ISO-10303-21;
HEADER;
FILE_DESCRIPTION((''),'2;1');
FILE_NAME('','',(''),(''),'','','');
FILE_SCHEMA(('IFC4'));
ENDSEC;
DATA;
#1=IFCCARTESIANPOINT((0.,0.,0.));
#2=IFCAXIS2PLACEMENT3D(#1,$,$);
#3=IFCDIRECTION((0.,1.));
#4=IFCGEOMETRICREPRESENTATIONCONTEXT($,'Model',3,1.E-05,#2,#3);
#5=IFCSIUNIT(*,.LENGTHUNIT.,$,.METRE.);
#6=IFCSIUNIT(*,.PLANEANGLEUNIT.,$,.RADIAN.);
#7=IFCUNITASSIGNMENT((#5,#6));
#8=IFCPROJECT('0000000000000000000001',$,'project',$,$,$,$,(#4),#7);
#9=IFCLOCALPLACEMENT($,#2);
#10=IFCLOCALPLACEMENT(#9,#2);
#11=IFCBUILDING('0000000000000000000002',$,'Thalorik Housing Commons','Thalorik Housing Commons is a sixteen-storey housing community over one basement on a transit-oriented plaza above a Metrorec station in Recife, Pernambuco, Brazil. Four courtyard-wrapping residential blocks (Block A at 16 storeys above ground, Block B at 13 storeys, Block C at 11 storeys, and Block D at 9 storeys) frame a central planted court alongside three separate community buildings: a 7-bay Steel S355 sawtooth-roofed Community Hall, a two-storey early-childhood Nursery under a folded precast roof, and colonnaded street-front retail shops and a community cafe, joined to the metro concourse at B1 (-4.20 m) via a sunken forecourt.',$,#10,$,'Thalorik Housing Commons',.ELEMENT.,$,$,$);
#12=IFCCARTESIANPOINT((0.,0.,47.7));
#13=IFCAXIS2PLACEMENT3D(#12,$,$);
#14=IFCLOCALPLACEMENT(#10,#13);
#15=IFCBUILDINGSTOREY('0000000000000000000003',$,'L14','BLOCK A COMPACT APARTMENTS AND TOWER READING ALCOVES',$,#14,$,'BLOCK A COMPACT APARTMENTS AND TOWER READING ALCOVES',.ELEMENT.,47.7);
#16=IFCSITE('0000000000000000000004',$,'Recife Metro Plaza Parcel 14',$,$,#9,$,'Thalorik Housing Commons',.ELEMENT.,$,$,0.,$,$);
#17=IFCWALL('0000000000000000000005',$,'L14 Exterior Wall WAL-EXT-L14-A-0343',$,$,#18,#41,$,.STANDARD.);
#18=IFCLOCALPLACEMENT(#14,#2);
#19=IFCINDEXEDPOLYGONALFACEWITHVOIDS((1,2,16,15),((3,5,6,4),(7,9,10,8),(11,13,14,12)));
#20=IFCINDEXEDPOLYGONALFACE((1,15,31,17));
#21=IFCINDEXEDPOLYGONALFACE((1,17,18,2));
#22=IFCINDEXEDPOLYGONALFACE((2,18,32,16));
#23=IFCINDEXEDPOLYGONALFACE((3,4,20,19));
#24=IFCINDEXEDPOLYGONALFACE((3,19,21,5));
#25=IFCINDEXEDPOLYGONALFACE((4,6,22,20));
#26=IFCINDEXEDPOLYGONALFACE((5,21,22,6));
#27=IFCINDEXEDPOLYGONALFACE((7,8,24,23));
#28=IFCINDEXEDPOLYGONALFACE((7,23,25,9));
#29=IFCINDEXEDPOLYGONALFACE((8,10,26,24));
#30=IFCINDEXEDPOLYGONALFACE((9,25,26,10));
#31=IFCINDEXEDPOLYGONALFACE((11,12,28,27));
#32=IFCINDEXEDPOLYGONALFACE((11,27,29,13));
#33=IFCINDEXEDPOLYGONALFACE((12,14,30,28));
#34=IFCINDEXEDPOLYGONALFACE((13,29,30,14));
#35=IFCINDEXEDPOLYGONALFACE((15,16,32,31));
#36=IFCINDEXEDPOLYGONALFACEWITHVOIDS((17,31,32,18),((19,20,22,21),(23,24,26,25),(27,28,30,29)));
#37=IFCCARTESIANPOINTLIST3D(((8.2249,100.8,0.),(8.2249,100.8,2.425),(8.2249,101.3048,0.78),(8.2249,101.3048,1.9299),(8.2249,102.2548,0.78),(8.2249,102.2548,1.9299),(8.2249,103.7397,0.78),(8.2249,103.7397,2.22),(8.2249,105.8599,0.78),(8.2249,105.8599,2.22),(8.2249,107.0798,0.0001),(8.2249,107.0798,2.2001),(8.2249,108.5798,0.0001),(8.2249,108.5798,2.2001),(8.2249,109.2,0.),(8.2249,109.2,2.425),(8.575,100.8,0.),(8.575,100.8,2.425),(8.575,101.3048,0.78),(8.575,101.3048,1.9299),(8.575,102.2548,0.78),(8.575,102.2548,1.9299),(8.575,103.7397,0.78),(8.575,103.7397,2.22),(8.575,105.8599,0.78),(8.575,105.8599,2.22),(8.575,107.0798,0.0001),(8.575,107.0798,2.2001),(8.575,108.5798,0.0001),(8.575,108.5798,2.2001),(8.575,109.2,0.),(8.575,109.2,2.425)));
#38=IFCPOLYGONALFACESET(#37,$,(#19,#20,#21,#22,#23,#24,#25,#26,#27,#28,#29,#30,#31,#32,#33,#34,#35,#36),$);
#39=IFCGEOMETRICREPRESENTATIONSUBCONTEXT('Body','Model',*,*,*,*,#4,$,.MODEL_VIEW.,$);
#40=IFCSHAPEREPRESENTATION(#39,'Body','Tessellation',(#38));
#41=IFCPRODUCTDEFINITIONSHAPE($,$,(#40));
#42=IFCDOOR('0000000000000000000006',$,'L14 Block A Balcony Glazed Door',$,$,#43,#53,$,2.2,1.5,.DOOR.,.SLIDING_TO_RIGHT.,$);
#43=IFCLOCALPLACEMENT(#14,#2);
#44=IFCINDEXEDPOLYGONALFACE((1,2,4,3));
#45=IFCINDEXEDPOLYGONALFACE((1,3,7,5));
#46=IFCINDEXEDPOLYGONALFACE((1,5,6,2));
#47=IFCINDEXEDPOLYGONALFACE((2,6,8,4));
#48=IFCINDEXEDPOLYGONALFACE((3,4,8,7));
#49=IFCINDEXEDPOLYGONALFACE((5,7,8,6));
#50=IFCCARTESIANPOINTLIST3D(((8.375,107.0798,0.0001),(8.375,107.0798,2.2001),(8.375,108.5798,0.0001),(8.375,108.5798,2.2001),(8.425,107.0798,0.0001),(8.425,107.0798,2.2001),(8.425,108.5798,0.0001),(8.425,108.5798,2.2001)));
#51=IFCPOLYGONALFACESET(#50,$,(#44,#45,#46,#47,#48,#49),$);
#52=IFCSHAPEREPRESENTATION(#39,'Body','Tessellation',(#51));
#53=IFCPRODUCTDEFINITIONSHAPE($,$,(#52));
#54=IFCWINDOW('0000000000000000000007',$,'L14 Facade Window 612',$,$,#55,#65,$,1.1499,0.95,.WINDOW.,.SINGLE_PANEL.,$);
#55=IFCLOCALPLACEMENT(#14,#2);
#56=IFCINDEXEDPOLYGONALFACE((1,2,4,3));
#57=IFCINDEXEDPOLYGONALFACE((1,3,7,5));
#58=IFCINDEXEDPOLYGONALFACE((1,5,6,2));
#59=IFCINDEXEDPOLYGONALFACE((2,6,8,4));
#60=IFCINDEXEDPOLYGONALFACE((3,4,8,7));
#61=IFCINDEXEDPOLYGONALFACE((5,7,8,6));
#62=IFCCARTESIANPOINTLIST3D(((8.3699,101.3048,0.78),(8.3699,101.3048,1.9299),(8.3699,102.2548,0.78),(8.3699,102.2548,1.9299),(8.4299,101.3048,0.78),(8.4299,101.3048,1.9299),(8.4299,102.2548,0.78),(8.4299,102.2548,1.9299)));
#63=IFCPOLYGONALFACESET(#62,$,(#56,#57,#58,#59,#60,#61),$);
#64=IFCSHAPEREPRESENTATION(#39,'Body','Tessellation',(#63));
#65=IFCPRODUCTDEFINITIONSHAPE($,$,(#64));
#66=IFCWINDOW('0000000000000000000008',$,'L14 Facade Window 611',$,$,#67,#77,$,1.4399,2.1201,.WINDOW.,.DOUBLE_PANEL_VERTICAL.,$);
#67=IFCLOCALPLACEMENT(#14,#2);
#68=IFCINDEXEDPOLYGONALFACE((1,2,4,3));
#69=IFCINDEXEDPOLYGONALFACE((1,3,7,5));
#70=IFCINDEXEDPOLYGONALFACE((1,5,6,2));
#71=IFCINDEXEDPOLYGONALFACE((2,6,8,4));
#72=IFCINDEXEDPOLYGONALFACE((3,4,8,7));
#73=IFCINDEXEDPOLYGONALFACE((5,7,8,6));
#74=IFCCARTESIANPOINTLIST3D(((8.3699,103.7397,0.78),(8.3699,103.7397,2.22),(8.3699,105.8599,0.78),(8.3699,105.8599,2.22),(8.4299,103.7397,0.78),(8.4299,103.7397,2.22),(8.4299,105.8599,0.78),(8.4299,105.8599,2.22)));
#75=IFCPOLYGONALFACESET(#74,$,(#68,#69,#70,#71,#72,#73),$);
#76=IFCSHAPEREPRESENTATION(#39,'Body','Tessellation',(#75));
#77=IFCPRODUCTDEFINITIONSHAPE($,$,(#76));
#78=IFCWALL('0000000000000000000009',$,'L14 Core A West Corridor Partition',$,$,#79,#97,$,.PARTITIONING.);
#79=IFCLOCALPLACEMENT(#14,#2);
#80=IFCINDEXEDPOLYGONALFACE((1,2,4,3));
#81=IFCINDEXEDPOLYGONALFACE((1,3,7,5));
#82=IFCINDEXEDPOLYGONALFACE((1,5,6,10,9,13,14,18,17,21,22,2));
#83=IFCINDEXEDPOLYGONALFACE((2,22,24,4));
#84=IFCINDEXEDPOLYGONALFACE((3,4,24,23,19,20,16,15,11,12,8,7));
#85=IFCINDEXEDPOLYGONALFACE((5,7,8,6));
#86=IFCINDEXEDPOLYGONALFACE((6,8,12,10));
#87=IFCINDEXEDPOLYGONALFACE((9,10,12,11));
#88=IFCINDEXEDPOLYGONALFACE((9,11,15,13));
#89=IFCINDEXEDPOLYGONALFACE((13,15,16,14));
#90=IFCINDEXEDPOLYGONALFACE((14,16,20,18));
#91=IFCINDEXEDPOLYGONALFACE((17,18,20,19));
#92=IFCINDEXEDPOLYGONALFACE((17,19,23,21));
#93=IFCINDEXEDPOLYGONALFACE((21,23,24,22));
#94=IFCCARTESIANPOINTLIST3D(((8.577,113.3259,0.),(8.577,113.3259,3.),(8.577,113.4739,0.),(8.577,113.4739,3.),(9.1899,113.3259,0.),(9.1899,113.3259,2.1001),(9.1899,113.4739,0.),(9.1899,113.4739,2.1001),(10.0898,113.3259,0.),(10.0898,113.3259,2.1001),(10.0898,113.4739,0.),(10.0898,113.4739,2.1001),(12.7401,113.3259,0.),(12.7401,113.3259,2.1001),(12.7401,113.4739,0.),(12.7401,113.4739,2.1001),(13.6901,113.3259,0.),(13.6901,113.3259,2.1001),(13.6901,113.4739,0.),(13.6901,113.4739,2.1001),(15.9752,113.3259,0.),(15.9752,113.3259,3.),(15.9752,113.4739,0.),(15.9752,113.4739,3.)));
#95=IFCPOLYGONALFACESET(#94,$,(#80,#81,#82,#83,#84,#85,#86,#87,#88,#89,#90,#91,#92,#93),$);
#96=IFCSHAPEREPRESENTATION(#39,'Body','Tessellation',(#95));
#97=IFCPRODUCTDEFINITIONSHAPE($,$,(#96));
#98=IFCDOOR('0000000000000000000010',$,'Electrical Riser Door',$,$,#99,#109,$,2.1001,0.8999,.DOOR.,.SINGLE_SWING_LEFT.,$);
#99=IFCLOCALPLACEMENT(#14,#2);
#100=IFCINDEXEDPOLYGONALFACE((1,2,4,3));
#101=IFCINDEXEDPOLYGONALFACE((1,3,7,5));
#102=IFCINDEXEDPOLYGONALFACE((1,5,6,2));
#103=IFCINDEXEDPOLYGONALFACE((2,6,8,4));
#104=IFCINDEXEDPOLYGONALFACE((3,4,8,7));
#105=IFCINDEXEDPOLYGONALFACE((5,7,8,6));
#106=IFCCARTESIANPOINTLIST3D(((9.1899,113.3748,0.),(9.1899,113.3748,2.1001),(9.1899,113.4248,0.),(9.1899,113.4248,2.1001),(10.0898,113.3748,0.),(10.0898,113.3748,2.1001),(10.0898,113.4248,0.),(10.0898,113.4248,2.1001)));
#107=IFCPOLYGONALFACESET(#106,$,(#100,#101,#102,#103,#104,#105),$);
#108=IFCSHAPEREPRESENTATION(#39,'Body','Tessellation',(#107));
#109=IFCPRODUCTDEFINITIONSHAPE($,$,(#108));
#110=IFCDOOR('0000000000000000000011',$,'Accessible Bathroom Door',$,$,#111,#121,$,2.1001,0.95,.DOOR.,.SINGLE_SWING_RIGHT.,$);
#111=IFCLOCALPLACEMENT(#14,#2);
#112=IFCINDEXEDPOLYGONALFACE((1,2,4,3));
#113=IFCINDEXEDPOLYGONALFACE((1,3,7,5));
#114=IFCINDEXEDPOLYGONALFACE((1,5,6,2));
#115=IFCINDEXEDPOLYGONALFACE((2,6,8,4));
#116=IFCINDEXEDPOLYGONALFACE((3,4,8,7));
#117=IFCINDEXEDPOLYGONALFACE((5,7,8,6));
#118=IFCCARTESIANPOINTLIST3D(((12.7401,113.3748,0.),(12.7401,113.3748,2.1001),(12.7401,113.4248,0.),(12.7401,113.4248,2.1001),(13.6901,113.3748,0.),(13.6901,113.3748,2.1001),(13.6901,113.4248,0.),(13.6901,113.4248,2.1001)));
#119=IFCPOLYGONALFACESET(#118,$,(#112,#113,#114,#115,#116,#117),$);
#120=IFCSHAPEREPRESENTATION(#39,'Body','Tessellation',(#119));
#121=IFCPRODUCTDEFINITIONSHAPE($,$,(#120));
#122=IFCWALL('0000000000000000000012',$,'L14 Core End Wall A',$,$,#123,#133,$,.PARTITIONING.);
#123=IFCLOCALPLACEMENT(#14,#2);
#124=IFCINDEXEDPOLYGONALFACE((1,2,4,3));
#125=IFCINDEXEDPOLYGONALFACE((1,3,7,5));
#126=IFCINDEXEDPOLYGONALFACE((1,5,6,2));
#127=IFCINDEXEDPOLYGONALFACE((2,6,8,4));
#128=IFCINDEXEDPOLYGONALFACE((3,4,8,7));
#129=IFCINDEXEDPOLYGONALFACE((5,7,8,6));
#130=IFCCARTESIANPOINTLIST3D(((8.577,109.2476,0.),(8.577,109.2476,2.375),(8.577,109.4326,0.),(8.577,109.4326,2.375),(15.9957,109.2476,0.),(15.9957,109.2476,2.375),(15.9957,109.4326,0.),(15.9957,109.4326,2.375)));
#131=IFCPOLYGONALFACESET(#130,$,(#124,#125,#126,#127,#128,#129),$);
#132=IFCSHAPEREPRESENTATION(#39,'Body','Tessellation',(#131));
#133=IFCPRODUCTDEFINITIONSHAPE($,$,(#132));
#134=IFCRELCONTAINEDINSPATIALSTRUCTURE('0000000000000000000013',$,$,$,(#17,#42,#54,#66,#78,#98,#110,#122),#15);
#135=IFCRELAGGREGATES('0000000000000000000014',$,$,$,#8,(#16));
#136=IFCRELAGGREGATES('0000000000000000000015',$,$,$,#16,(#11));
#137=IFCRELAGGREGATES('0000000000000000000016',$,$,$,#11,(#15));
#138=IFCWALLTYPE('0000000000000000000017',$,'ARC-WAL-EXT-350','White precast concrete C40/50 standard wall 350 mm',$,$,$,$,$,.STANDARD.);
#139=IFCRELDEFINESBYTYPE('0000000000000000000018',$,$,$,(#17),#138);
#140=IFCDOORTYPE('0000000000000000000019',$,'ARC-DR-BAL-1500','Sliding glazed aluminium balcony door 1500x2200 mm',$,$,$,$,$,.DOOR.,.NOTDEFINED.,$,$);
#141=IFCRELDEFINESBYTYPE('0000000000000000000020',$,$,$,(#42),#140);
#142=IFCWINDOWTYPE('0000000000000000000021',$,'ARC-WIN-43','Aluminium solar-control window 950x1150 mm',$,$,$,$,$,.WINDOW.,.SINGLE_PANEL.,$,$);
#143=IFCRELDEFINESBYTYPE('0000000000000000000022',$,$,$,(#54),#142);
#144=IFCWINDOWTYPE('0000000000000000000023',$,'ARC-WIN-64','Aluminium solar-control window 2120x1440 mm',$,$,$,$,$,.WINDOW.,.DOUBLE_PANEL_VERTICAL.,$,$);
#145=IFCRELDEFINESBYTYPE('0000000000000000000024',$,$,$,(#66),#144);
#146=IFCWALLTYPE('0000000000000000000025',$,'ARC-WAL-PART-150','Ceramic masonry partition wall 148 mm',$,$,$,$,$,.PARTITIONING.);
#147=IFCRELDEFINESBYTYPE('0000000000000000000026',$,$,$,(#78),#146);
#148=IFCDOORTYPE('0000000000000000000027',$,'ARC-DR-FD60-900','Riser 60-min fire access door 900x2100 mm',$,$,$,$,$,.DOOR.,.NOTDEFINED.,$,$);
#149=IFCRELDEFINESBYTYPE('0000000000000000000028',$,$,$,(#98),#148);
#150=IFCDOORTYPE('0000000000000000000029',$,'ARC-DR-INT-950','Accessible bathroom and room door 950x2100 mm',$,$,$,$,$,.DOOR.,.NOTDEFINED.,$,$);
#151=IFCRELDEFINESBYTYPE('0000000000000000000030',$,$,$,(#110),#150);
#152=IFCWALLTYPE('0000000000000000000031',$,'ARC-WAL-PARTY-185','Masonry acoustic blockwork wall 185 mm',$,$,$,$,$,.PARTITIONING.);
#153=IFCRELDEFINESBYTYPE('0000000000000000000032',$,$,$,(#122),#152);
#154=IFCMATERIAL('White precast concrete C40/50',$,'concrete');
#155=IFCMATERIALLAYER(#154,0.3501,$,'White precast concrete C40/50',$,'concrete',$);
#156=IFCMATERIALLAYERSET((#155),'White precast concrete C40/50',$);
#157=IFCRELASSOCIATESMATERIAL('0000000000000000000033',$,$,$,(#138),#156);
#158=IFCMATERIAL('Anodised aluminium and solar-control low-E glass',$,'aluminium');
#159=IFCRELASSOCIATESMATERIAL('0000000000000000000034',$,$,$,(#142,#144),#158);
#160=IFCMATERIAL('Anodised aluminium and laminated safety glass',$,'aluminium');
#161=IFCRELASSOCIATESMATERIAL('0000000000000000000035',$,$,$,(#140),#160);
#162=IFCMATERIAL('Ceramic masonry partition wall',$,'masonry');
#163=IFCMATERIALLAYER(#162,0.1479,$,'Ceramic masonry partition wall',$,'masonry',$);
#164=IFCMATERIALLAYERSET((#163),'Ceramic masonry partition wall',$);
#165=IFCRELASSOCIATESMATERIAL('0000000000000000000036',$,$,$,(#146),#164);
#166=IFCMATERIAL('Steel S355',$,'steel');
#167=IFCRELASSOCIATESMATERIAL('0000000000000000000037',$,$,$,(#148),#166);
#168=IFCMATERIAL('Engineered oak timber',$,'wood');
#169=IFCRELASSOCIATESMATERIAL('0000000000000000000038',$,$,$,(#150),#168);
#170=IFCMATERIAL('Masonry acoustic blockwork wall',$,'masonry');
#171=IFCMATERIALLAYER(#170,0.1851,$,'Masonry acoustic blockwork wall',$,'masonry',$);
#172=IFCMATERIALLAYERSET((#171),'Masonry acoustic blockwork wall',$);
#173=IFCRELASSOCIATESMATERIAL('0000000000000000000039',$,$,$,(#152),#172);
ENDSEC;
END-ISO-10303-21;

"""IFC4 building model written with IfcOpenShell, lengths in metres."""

from ifc_helpers import new_model, si_unit, direction, frame, frame_2d, origin, place, context, subcontext, project, spatial, rectangle, extrude, material, layer, layer_set, type_object, element, fill, save


model = new_model("IFC4")

# Units and contexts
model_context = context("Model", 3, precision=1e-05, world=origin(), true_north=direction((0.0, 1.0)))
body_context = subcontext(model_context, "Body", "Model", "MODEL_VIEW")
ifc_project = project(units=[si_unit("LENGTHUNIT", "METRE"), si_unit("PLANEANGLEUNIT", "RADIAN")], contexts=[model_context])

# Site, building, storey
site_placement = place(None, origin())
site = spatial("IfcSite", under=ifc_project, at=site_placement, Name="Recife Metro Plaza Parcel 14", LongName="Thalorik Housing Commons", CompositionType="ELEMENT", RefElevation=0.0)
building_placement = place(site_placement, origin())
building = spatial("IfcBuilding", under=site, at=building_placement, Name="Thalorik Housing Commons", Description="Thalorik Housing Commons is a sixteen-storey housing community over one basement on a transit-oriented plaza above a Metrorec station in Recife, Pernambuco, Brazil. Four courtyard-wrapping residential blocks (Block A at 16 storeys above ground, Block B at 13 storeys, Block C at 11 storeys, and Block D at 9 storeys) frame a central planted court alongside three separate community buildings: a 7-bay Steel S355 sawtooth-roofed Community Hall, a two-storey early-childhood Nursery under a folded precast roof, and colonnaded street-front retail shops and a community cafe, joined to the metro concourse at B1 (-4.20 m) via a sunken forecourt.", LongName="Thalorik Housing Commons", CompositionType="ELEMENT")
storey_placement = place(building_placement, frame((0.0, 0.0, 47.7)))
storey = spatial("IfcBuildingStorey", under=building, at=storey_placement, Name="L14", Description="BLOCK A COMPACT APARTMENTS AND TOWER READING ALCOVES", LongName="BLOCK A COMPACT APARTMENTS AND TOWER READING ALCOVES", CompositionType="ELEMENT", Elevation=47.7)

# Shared definitions
ifc_material_1 = material(Name="Steel S355", Category="steel")

# Shared definitions
ifc_material_2 = material(Name="White precast concrete C40/50", Category="concrete")
ifc_layer_1 = layer(ifc_material_2, 0.3501, Name="White precast concrete C40/50", Category="concrete")
ifc_layer_set_1 = layer_set([ifc_layer_1], Name="White precast concrete C40/50")
wall_type_1 = type_object("IfcWallType", Name="ARC-WAL-EXT-350", Description="White precast concrete C40/50 standard wall 350 mm", PredefinedType="STANDARD", material=ifc_layer_set_1)
ifc_material_3 = material(Name="Anodised aluminium and solar-control low-E glass", Category="aluminium")
window_type_1 = type_object("IfcWindowType", Name="ARC-WIN-43", Description="Aluminium solar-control window 950x1150 mm", PartitioningType="SINGLE_PANEL", PredefinedType="WINDOW", material=ifc_material_3)

# Wall, openings, door, windows
wall_1_placement = place(storey_placement, frame((8.3999, 109.2, 0.0), z_axis=(0.0, 0.0, 1.0), x_axis=(0.0, -1.0, 0.0)))
wall_1 = element("IfcWall", 1, at=wall_1_placement, inside=storey, type_object=wall_type_1, Name="L14 Exterior Wall WAL-EXT-L14-A-0343", PredefinedType="STANDARD", context=body_context, shape_type="SweptSolid", body=[
    extrude(rectangle(XDim=8.3999, YDim=0.3501, at=frame_2d((4.2, 0.0))), origin(), (0.0, 0.0, 1.0), 2.425),
])
opening_1_placement = place(wall_1_placement, frame((0.6201, 0.0, 0.0)))
opening_1 = element("IfcOpeningElement", 2, at=opening_1_placement, cuts=wall_1, PredefinedType="OPENING", context=body_context, shape_type="SweptSolid", body=[
    extrude(rectangle(XDim=1.5, YDim=2.2, at=frame_2d((0.75, 1.1001))), frame((0.0, 0.1851, 0.0), z_axis=(0.0, -1.0, 0.0), x_axis=(1.0, 0.0, 0.0)), (0.0, 0.0, 1.0), 0.3701),
])
opening_2_placement = place(wall_1_placement, frame((3.3401, 0.0, 0.78)))
opening_2 = element("IfcOpeningElement", 3, at=opening_2_placement, cuts=wall_1, PredefinedType="OPENING", context=body_context, shape_type="SweptSolid", body=[
    extrude(rectangle(XDim=2.1201, YDim=1.4399, at=frame_2d((1.0601, 0.72))), frame((0.0, 0.1851, 0.0), z_axis=(0.0, -1.0, 0.0), x_axis=(1.0, 0.0, 0.0)), (0.0, 0.0, 1.0), 0.3701),
])
opening_3_placement = place(wall_1_placement, frame((6.9451, 0.0, 0.78)))
opening_3 = element("IfcOpeningElement", 4, at=opening_3_placement, cuts=wall_1, PredefinedType="OPENING", context=body_context, shape_type="SweptSolid", body=[
    extrude(rectangle(XDim=0.95, YDim=1.1499, at=frame_2d((0.4751, 0.575))), frame((0.0, 0.1851, 0.0), z_axis=(0.0, -1.0, 0.0), x_axis=(1.0, 0.0, 0.0)), (0.0, 0.0, 1.0), 0.3701),
])
ifc_material_4 = material(Name="Anodised aluminium and laminated safety glass", Category="aluminium")
door_type_1 = type_object("IfcDoorType", Name="ARC-DR-BAL-1500", Description="Sliding glazed aluminium balcony door 1500x2200 mm", OperationType="NOTDEFINED", PredefinedType="DOOR", material=ifc_material_4)
door_1_placement = place(opening_1_placement, frame((1.5, 0.0, 0.0), z_axis=(0.0, 0.0, 1.0), x_axis=(-1.0, 0.0, 0.0)))
door_1 = element("IfcDoor", 5, at=door_1_placement, inside=storey, type_object=door_type_1, Name="L14 Block A Balcony Glazed Door", OperationType="SLIDING_TO_RIGHT", OverallHeight=2.2, OverallWidth=1.5, PredefinedType="DOOR", context=body_context, shape_type="SweptSolid", body=[
    extrude(rectangle(XDim=1.5, YDim=2.2, at=frame_2d((0.75, 1.1001))), frame((0.0, 0.0249, 0.0), z_axis=(0.0, -1.0, 0.0), x_axis=(1.0, 0.0, 0.0)), (0.0, 0.0, 1.0), 0.05),
])
fill(opening_1, door_1)
window_1_placement = place(opening_3_placement, origin())
window_1 = element("IfcWindow", 6, at=window_1_placement, inside=storey, type_object=window_type_1, Name="L14 Facade Window 612", OverallHeight=1.1499, OverallWidth=0.95, PartitioningType="SINGLE_PANEL", PredefinedType="WINDOW", context=body_context, shape_type="SweptSolid", body=[
    extrude(rectangle(XDim=0.95, YDim=1.1499, at=frame_2d((0.4751, 0.575))), frame((0.0, 0.03, 0.0), z_axis=(0.0, -1.0, 0.0), x_axis=(1.0, 0.0, 0.0)), (0.0, 0.0, 1.0), 0.0601),
])
fill(opening_3, window_1)
window_type_2 = type_object("IfcWindowType", Name="ARC-WIN-64", Description="Aluminium solar-control window 2120x1440 mm", PartitioningType="DOUBLE_PANEL_VERTICAL", PredefinedType="WINDOW", material=ifc_material_3)
window_2_placement = place(opening_2_placement, origin())
window_2 = element("IfcWindow", 7, at=window_2_placement, inside=storey, type_object=window_type_2, Name="L14 Facade Window 611", OverallHeight=1.4399, OverallWidth=2.1201, PartitioningType="DOUBLE_PANEL_VERTICAL", PredefinedType="WINDOW", context=body_context, shape_type="SweptSolid", body=[
    extrude(rectangle(XDim=2.1201, YDim=1.4399, at=frame_2d((1.0601, 0.72))), frame((0.0, 0.03, 0.0), z_axis=(0.0, -1.0, 0.0), x_axis=(1.0, 0.0, 0.0)), (0.0, 0.0, 1.0), 0.0601),
])
fill(opening_2, window_2)

# Wall, openings, doors
ifc_material_5 = material(Name="Ceramic masonry partition wall", Category="masonry")
ifc_layer_2 = layer(ifc_material_5, 0.1479, Name="Ceramic masonry partition wall", Category="masonry")
ifc_layer_set_2 = layer_set([ifc_layer_2], Name="Ceramic masonry partition wall")
wall_type_2 = type_object("IfcWallType", Name="ARC-WAL-PART-150", Description="Ceramic masonry partition wall 148 mm", PredefinedType="PARTITIONING", material=ifc_layer_set_2)
wall_2_placement = place(storey_placement, frame((8.5769, 113.3999, 0.0), z_axis=(0.0, 0.0, 1.0), x_axis=(1.0, 0.0, 0.0)))
wall_2 = element("IfcWall", 8, at=wall_2_placement, inside=storey, type_object=wall_type_2, Name="L14 Core A West Corridor Partition", PredefinedType="PARTITIONING", context=body_context, shape_type="SweptSolid", body=[
    extrude(rectangle(XDim=7.3982, YDim=0.1479, at=frame_2d((3.6992, 0.0))), origin(), (0.0, 0.0, 1.0), 3.0),
])
opening_4_placement = place(wall_2_placement, frame((0.613, 0.0, 0.0)))
opening_4 = element("IfcOpeningElement", 9, at=opening_4_placement, cuts=wall_2, PredefinedType="OPENING", context=body_context, shape_type="SweptSolid", body=[
    extrude(rectangle(XDim=0.8999, YDim=2.1001, at=frame_2d((0.45, 1.05))), frame((0.0, 0.084, 0.0), z_axis=(0.0, -1.0, 0.0), x_axis=(1.0, 0.0, 0.0)), (0.0, 0.0, 1.0), 0.168),
])
opening_5_placement = place(wall_2_placement, frame((4.1631, 0.0, 0.0)))
opening_5 = element("IfcOpeningElement", 10, at=opening_5_placement, cuts=wall_2, PredefinedType="OPENING", context=body_context, shape_type="SweptSolid", body=[
    extrude(rectangle(XDim=0.95, YDim=2.1001, at=frame_2d((0.4751, 1.05))), frame((0.0, 0.084, 0.0), z_axis=(0.0, -1.0, 0.0), x_axis=(1.0, 0.0, 0.0)), (0.0, 0.0, 1.0), 0.168),
])
door_type_2 = type_object("IfcDoorType", Name="ARC-DR-FD60-900", Description="Riser 60-min fire access door 900x2100 mm", OperationType="NOTDEFINED", PredefinedType="DOOR", material=ifc_material_1)
door_2_placement = place(opening_4_placement, origin())
door_2 = element("IfcDoor", 11, at=door_2_placement, inside=storey, type_object=door_type_2, Name="Electrical Riser Door", OperationType="SINGLE_SWING_LEFT", OverallHeight=2.1001, OverallWidth=0.8999, PredefinedType="DOOR", context=body_context, shape_type="SweptSolid", body=[
    extrude(rectangle(XDim=0.8999, YDim=2.1001, at=frame_2d((0.45, 1.05))), frame((0.0, 0.0249, 0.0), z_axis=(0.0, -1.0, 0.0), x_axis=(1.0, 0.0, 0.0)), (0.0, 0.0, 1.0), 0.05),
])
fill(opening_4, door_2)
ifc_material_6 = material(Name="Engineered oak timber", Category="wood")
door_type_3 = type_object("IfcDoorType", Name="ARC-DR-INT-950", Description="Accessible bathroom and room door 950x2100 mm", OperationType="NOTDEFINED", PredefinedType="DOOR", material=ifc_material_6)
door_3_placement = place(opening_5_placement, origin())
door_3 = element("IfcDoor", 12, at=door_3_placement, inside=storey, type_object=door_type_3, Name="Accessible Bathroom Door", OperationType="SINGLE_SWING_RIGHT", OverallHeight=2.1001, OverallWidth=0.95, PredefinedType="DOOR", context=body_context, shape_type="SweptSolid", body=[
    extrude(rectangle(XDim=0.95, YDim=2.1001, at=frame_2d((0.4751, 1.05))), frame((0.0, 0.0249, 0.0), z_axis=(0.0, -1.0, 0.0), x_axis=(1.0, 0.0, 0.0)), (0.0, 0.0, 1.0), 0.05),
])
fill(opening_5, door_3)

# Wall
ifc_material_7 = material(Name="Masonry acoustic blockwork wall", Category="masonry")
ifc_layer_3 = layer(ifc_material_7, 0.1851, Name="Masonry acoustic blockwork wall", Category="masonry")
ifc_layer_set_3 = layer_set([ifc_layer_3], Name="Masonry acoustic blockwork wall")
wall_type_3 = type_object("IfcWallType", Name="ARC-WAL-PARTY-185", Description="Masonry acoustic blockwork wall 185 mm", PredefinedType="PARTITIONING", material=ifc_layer_set_3)
wall_3_placement = place(storey_placement, frame((8.5769, 109.3401, 0.0), z_axis=(0.0, 0.0, 1.0), x_axis=(1.0, 0.0, 0.0)))
element("IfcWall", 13, at=wall_3_placement, inside=storey, type_object=wall_type_3, Name="L14 Core End Wall A", PredefinedType="PARTITIONING", context=body_context, shape_type="SweptSolid", body=[
    extrude(rectangle(XDim=7.4187, YDim=0.1851, at=frame_2d((3.7095, 0.0))), origin(), (0.0, 0.0, 1.0), 2.375),
])

save(model, "model.ifc")
